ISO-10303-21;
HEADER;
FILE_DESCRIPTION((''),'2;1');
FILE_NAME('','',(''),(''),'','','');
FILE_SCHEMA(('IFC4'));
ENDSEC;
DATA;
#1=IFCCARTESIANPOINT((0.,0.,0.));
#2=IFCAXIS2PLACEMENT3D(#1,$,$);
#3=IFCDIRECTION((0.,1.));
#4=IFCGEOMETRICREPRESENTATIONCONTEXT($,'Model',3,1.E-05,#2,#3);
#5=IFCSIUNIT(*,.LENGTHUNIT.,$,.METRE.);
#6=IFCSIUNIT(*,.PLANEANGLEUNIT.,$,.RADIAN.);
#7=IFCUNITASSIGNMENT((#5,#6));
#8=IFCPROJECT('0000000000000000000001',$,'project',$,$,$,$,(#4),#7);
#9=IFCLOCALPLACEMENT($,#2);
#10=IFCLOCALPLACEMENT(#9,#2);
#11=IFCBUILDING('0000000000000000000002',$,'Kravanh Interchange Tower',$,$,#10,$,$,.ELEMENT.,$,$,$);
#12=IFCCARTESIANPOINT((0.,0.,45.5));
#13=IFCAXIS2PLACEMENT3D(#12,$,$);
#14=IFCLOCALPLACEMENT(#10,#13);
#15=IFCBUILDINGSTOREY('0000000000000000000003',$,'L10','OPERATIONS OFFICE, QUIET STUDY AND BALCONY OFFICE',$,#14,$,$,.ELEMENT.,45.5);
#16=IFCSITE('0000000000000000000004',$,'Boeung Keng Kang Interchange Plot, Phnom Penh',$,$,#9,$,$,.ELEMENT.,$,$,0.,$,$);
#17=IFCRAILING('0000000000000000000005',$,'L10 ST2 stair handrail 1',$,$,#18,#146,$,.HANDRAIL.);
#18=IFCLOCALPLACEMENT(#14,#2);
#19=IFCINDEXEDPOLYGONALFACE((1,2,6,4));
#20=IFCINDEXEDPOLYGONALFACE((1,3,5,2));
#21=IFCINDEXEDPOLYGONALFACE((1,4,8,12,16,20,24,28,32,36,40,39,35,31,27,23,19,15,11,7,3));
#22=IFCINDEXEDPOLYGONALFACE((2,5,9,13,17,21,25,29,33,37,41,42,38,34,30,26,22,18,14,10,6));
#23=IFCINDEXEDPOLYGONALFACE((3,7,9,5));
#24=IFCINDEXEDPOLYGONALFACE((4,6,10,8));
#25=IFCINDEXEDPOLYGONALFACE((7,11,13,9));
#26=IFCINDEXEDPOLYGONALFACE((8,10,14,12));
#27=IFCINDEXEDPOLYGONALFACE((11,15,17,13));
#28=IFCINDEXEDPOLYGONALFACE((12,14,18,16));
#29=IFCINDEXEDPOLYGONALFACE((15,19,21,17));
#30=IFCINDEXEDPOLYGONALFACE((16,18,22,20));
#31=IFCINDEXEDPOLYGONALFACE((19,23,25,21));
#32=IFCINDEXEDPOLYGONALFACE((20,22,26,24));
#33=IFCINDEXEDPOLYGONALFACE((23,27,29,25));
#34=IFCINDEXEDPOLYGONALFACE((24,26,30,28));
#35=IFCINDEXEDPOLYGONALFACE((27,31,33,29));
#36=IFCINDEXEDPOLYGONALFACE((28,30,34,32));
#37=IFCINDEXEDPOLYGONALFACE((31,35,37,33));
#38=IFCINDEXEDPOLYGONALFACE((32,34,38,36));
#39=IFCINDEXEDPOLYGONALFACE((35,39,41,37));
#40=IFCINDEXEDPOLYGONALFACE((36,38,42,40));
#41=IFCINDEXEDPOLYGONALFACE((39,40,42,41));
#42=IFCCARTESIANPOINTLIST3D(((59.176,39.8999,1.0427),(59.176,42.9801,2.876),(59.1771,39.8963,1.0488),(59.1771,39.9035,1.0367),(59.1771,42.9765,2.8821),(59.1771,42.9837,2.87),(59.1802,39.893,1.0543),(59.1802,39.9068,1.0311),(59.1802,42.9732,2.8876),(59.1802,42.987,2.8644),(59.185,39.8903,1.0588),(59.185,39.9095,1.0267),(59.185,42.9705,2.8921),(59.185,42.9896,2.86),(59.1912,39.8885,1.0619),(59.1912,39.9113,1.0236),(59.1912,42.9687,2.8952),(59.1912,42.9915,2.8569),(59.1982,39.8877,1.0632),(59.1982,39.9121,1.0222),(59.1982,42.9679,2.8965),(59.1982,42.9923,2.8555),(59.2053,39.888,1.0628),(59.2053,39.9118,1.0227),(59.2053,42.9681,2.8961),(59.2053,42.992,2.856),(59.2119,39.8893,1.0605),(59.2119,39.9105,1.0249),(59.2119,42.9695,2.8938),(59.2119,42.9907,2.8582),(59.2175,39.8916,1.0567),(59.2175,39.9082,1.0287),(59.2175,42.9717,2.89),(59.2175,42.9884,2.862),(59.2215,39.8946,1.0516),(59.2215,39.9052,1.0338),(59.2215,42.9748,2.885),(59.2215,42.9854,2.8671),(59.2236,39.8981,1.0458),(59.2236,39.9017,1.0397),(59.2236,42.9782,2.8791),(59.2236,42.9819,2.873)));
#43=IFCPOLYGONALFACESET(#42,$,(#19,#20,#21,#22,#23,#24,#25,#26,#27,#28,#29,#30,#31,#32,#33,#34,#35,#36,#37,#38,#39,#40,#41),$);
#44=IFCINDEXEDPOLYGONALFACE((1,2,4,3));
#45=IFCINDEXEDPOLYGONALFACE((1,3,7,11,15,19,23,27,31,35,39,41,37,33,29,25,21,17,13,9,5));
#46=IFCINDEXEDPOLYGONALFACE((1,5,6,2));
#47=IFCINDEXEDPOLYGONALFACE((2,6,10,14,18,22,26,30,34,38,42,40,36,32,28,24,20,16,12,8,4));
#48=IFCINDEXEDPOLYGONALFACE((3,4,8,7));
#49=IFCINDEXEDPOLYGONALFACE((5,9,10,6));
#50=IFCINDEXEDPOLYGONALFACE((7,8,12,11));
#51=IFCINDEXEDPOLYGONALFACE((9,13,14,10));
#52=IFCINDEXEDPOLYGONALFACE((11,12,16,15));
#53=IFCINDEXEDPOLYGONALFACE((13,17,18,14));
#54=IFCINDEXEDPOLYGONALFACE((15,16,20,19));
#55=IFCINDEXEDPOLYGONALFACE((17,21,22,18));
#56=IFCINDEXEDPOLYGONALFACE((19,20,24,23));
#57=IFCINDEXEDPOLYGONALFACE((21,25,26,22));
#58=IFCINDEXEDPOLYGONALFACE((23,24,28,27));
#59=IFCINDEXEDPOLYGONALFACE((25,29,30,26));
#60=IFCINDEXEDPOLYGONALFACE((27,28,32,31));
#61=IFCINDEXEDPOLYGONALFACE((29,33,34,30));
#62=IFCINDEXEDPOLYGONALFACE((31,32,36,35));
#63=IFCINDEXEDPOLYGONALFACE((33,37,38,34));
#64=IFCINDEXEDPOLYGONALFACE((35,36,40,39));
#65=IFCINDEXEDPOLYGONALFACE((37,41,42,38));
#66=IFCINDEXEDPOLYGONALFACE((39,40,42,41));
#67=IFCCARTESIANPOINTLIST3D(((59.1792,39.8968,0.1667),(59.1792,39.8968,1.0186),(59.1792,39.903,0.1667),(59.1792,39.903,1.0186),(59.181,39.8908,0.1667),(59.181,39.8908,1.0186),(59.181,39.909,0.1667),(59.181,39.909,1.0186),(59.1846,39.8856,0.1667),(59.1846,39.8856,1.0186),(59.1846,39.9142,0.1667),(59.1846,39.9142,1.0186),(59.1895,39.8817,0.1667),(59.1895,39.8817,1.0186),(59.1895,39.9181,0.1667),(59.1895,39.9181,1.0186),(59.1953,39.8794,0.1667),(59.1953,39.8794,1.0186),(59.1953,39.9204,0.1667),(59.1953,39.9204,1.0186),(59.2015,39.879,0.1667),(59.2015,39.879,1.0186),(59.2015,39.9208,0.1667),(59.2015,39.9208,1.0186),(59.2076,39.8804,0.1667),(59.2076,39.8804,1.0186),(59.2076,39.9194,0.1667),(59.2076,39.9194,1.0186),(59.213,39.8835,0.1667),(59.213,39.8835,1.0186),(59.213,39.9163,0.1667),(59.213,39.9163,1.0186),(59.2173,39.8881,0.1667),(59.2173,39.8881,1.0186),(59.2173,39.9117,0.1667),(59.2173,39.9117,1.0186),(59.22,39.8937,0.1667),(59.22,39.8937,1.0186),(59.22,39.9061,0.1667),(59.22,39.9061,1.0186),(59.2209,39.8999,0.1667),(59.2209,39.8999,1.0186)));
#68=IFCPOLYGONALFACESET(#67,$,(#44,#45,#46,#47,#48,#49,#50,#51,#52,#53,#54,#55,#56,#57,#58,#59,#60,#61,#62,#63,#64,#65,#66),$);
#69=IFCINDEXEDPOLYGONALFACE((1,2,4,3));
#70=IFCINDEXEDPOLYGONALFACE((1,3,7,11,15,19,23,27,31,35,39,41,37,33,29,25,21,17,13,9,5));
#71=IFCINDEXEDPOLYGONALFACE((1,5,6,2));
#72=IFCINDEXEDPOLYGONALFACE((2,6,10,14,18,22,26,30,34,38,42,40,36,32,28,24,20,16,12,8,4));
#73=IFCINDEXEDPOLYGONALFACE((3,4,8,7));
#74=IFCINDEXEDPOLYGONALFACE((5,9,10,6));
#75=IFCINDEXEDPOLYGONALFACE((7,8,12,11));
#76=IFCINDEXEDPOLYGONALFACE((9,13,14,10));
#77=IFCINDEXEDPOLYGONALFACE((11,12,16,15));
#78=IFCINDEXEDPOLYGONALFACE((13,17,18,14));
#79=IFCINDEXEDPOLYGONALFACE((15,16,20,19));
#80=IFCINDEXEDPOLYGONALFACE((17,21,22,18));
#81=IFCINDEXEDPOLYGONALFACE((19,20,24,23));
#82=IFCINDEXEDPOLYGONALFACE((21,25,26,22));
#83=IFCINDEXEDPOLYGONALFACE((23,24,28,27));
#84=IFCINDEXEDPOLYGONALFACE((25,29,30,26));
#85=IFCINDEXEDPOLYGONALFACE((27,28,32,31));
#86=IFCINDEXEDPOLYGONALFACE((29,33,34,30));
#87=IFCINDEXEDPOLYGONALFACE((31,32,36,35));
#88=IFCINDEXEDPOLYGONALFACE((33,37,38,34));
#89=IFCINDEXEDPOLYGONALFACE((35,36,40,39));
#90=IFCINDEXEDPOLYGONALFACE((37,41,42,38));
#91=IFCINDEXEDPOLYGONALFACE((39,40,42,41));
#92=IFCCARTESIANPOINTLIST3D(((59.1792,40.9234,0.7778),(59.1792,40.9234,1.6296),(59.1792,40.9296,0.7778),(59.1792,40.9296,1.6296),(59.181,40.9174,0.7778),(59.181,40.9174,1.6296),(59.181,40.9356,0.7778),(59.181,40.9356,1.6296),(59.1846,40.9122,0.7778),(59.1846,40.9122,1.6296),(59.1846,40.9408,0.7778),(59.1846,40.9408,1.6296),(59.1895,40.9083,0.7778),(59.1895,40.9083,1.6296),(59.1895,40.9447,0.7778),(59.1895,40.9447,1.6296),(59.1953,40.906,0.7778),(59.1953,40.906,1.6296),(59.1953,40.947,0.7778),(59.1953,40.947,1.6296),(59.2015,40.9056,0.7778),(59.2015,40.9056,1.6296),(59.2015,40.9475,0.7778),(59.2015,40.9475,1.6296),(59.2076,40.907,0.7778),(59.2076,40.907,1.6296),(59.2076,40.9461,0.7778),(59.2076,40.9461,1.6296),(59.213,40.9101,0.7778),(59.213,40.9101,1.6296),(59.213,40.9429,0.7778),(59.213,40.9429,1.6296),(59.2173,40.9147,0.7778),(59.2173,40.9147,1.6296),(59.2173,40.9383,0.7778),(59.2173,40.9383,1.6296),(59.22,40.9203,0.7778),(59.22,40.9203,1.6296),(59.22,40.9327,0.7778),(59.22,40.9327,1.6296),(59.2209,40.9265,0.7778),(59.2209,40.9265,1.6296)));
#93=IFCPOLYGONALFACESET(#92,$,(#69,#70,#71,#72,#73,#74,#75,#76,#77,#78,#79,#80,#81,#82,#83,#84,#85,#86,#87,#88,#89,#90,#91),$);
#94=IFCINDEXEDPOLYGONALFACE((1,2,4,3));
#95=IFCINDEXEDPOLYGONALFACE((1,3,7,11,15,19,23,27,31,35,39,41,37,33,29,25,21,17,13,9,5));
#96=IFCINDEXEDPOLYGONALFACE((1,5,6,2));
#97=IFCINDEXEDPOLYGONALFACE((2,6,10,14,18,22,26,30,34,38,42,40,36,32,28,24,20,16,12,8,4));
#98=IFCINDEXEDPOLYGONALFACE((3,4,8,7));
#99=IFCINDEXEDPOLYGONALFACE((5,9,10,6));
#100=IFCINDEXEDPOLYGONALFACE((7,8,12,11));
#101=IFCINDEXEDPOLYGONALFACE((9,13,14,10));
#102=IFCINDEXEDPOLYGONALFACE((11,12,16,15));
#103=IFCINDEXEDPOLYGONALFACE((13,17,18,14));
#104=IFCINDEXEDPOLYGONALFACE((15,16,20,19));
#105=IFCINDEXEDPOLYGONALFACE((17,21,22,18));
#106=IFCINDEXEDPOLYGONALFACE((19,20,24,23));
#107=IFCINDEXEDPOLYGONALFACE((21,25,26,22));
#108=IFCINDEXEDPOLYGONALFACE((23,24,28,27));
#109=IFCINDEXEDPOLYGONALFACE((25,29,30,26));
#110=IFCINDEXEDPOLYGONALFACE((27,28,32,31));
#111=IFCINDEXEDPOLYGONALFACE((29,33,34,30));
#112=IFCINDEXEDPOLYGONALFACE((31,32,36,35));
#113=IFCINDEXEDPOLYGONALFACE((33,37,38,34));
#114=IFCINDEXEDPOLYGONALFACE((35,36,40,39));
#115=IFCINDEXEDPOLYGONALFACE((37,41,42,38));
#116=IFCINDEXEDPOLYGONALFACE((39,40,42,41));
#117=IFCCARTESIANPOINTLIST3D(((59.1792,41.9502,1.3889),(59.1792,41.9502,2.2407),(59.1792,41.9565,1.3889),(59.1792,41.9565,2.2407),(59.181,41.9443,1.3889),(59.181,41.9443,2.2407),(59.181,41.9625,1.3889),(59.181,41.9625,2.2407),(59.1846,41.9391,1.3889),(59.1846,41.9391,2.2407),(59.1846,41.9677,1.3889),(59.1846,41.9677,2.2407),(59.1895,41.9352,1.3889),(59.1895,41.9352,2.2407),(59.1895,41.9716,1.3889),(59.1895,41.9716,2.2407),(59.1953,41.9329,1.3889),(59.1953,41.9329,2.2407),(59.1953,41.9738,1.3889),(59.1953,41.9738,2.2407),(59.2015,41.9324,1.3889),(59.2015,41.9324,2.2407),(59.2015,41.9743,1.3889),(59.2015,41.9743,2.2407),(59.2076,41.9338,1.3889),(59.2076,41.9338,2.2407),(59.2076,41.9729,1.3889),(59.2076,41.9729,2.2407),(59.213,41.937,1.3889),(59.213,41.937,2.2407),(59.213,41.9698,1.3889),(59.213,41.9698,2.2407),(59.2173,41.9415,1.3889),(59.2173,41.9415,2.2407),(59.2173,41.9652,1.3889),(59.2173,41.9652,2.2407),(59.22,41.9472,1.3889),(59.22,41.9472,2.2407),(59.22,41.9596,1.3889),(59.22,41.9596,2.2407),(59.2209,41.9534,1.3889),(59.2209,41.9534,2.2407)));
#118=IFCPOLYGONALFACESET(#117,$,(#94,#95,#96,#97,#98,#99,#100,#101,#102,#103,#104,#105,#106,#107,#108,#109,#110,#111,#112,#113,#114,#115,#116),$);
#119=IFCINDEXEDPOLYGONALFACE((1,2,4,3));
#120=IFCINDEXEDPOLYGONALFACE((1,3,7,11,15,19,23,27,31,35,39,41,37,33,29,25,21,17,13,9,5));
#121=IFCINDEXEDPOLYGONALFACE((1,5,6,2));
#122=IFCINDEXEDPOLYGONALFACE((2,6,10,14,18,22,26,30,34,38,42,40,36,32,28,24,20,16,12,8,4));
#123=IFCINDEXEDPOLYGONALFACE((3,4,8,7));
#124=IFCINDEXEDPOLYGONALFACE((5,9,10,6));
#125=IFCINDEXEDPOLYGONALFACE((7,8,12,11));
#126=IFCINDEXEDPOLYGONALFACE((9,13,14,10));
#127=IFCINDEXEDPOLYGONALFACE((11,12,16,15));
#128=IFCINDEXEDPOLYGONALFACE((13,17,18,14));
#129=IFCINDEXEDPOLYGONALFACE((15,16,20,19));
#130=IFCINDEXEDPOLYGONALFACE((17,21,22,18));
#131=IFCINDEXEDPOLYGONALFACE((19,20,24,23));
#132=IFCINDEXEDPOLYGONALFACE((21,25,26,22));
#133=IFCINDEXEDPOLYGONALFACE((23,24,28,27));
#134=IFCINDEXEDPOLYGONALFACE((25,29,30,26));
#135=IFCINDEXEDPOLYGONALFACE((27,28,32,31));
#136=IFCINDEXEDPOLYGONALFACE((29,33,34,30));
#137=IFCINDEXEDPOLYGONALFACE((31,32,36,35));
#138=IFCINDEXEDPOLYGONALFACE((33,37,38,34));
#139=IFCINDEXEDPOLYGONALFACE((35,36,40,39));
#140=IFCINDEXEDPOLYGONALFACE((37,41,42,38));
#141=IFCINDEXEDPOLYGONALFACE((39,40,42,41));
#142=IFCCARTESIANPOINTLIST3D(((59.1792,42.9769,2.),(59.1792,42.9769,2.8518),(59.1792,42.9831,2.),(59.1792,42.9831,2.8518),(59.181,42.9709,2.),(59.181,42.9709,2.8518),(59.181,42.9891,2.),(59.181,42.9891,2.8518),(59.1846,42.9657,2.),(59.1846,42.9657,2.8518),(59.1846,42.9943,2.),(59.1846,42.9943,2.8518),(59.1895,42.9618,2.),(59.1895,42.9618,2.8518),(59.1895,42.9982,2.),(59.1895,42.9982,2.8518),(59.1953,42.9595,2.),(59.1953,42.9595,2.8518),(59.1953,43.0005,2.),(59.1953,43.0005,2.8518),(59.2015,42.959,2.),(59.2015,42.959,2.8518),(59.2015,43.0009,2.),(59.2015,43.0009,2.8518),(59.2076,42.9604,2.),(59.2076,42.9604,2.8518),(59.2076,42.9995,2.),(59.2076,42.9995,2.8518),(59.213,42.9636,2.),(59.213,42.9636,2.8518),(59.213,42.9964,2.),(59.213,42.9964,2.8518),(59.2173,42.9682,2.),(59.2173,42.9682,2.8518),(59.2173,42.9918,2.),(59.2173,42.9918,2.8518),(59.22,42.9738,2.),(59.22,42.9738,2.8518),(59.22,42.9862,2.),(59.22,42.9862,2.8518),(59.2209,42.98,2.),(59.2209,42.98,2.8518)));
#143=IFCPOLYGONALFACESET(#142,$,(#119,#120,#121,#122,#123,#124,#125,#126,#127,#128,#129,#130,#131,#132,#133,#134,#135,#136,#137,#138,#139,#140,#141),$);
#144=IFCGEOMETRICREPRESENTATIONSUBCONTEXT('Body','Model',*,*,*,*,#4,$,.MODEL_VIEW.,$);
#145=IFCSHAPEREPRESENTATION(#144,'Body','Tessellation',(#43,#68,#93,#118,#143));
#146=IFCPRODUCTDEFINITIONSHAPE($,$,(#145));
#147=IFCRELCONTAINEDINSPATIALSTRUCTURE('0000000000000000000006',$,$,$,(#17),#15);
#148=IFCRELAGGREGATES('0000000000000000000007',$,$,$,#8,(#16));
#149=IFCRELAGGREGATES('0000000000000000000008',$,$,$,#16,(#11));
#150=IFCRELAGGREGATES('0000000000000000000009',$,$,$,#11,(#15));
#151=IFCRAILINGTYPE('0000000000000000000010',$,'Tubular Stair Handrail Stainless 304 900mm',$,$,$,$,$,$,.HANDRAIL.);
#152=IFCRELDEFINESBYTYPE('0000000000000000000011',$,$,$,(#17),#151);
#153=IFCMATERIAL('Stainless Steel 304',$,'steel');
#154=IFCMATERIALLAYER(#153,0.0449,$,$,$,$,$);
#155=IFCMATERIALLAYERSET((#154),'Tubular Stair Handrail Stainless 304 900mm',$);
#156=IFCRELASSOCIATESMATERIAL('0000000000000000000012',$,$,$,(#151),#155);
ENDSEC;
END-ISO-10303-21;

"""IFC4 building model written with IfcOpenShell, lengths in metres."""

from ifc_helpers import new_model, si_unit, direction, frame, origin, origin_2d, place, context, subcontext, project, spatial, circle, extrude, material, layer, layer_set, type_object, element, save


model = new_model("IFC4")

# Units and contexts
model_context = context("Model", 3, precision=1e-05, world=origin(), true_north=direction((0.0, 1.0)))
body_context = subcontext(model_context, "Body", "Model", "MODEL_VIEW")
ifc_project = project(units=[si_unit("LENGTHUNIT", "METRE"), si_unit("PLANEANGLEUNIT", "RADIAN")], contexts=[model_context])

# Site, building, storey
site_placement = place(None, origin())
site = spatial("IfcSite", under=ifc_project, at=site_placement, Name="Boeung Keng Kang Interchange Plot, Phnom Penh", CompositionType="ELEMENT", RefElevation=0.0)
building_placement = place(site_placement, origin())
building = spatial("IfcBuilding", under=site, at=building_placement, Name="Kravanh Interchange Tower", CompositionType="ELEMENT")
storey_placement = place(building_placement, frame((0.0, 0.0, 45.5)))
storey = spatial("IfcBuildingStorey", under=building, at=storey_placement, Name="L10", Description="OPERATIONS OFFICE, QUIET STUDY AND BALCONY OFFICE", CompositionType="ELEMENT", Elevation=45.5)

# Railing
ifc_material_1 = material(Name="Stainless Steel 304", Category="steel")
ifc_layer_1 = layer(ifc_material_1, 0.0449)
ifc_layer_set_1 = layer_set([ifc_layer_1], Name="Tubular Stair Handrail Stainless 304 900mm")
railing_type_1 = type_object("IfcRailingType", Name="Tubular Stair Handrail Stainless 304 900mm", PredefinedType="HANDRAIL", material=ifc_layer_set_1)
railing_1_placement = place(storey_placement, frame((59.2, 39.8999, 0.1667)))
element("IfcRailing", 1, at=railing_1_placement, inside=storey, type_object=railing_type_1, Name="L10 ST2 stair handrail 1", PredefinedType="HANDRAIL", context=body_context, shape_type="SweptSolid", body=[
    extrude(circle(Radius=0.0239, at=origin_2d()), frame((0.0, 0.0, 0.876), z_axis=(0.0, 0.859309, 0.511458), x_axis=(-1.0, 0.0, 0.0)), (0.0, 0.0, 1.0), 3.5845),
    extrude(circle(Radius=0.021, at=origin_2d()), origin(), (0.0, 0.0, 1.0), 0.8518),
    extrude(circle(Radius=0.021, at=origin_2d()), frame((0.0, 1.0266, 0.6111)), (0.0, 0.0, 1.0), 0.8518),
    extrude(circle(Radius=0.021, at=origin_2d()), frame((0.0, 2.0535, 1.2222)), (0.0, 0.0, 1.0), 0.8518),
    extrude(circle(Radius=0.021, at=origin_2d()), frame((0.0, 3.0801, 1.8333)), (0.0, 0.0, 1.0), 0.8518),
])

save(model, "model.ifc")
